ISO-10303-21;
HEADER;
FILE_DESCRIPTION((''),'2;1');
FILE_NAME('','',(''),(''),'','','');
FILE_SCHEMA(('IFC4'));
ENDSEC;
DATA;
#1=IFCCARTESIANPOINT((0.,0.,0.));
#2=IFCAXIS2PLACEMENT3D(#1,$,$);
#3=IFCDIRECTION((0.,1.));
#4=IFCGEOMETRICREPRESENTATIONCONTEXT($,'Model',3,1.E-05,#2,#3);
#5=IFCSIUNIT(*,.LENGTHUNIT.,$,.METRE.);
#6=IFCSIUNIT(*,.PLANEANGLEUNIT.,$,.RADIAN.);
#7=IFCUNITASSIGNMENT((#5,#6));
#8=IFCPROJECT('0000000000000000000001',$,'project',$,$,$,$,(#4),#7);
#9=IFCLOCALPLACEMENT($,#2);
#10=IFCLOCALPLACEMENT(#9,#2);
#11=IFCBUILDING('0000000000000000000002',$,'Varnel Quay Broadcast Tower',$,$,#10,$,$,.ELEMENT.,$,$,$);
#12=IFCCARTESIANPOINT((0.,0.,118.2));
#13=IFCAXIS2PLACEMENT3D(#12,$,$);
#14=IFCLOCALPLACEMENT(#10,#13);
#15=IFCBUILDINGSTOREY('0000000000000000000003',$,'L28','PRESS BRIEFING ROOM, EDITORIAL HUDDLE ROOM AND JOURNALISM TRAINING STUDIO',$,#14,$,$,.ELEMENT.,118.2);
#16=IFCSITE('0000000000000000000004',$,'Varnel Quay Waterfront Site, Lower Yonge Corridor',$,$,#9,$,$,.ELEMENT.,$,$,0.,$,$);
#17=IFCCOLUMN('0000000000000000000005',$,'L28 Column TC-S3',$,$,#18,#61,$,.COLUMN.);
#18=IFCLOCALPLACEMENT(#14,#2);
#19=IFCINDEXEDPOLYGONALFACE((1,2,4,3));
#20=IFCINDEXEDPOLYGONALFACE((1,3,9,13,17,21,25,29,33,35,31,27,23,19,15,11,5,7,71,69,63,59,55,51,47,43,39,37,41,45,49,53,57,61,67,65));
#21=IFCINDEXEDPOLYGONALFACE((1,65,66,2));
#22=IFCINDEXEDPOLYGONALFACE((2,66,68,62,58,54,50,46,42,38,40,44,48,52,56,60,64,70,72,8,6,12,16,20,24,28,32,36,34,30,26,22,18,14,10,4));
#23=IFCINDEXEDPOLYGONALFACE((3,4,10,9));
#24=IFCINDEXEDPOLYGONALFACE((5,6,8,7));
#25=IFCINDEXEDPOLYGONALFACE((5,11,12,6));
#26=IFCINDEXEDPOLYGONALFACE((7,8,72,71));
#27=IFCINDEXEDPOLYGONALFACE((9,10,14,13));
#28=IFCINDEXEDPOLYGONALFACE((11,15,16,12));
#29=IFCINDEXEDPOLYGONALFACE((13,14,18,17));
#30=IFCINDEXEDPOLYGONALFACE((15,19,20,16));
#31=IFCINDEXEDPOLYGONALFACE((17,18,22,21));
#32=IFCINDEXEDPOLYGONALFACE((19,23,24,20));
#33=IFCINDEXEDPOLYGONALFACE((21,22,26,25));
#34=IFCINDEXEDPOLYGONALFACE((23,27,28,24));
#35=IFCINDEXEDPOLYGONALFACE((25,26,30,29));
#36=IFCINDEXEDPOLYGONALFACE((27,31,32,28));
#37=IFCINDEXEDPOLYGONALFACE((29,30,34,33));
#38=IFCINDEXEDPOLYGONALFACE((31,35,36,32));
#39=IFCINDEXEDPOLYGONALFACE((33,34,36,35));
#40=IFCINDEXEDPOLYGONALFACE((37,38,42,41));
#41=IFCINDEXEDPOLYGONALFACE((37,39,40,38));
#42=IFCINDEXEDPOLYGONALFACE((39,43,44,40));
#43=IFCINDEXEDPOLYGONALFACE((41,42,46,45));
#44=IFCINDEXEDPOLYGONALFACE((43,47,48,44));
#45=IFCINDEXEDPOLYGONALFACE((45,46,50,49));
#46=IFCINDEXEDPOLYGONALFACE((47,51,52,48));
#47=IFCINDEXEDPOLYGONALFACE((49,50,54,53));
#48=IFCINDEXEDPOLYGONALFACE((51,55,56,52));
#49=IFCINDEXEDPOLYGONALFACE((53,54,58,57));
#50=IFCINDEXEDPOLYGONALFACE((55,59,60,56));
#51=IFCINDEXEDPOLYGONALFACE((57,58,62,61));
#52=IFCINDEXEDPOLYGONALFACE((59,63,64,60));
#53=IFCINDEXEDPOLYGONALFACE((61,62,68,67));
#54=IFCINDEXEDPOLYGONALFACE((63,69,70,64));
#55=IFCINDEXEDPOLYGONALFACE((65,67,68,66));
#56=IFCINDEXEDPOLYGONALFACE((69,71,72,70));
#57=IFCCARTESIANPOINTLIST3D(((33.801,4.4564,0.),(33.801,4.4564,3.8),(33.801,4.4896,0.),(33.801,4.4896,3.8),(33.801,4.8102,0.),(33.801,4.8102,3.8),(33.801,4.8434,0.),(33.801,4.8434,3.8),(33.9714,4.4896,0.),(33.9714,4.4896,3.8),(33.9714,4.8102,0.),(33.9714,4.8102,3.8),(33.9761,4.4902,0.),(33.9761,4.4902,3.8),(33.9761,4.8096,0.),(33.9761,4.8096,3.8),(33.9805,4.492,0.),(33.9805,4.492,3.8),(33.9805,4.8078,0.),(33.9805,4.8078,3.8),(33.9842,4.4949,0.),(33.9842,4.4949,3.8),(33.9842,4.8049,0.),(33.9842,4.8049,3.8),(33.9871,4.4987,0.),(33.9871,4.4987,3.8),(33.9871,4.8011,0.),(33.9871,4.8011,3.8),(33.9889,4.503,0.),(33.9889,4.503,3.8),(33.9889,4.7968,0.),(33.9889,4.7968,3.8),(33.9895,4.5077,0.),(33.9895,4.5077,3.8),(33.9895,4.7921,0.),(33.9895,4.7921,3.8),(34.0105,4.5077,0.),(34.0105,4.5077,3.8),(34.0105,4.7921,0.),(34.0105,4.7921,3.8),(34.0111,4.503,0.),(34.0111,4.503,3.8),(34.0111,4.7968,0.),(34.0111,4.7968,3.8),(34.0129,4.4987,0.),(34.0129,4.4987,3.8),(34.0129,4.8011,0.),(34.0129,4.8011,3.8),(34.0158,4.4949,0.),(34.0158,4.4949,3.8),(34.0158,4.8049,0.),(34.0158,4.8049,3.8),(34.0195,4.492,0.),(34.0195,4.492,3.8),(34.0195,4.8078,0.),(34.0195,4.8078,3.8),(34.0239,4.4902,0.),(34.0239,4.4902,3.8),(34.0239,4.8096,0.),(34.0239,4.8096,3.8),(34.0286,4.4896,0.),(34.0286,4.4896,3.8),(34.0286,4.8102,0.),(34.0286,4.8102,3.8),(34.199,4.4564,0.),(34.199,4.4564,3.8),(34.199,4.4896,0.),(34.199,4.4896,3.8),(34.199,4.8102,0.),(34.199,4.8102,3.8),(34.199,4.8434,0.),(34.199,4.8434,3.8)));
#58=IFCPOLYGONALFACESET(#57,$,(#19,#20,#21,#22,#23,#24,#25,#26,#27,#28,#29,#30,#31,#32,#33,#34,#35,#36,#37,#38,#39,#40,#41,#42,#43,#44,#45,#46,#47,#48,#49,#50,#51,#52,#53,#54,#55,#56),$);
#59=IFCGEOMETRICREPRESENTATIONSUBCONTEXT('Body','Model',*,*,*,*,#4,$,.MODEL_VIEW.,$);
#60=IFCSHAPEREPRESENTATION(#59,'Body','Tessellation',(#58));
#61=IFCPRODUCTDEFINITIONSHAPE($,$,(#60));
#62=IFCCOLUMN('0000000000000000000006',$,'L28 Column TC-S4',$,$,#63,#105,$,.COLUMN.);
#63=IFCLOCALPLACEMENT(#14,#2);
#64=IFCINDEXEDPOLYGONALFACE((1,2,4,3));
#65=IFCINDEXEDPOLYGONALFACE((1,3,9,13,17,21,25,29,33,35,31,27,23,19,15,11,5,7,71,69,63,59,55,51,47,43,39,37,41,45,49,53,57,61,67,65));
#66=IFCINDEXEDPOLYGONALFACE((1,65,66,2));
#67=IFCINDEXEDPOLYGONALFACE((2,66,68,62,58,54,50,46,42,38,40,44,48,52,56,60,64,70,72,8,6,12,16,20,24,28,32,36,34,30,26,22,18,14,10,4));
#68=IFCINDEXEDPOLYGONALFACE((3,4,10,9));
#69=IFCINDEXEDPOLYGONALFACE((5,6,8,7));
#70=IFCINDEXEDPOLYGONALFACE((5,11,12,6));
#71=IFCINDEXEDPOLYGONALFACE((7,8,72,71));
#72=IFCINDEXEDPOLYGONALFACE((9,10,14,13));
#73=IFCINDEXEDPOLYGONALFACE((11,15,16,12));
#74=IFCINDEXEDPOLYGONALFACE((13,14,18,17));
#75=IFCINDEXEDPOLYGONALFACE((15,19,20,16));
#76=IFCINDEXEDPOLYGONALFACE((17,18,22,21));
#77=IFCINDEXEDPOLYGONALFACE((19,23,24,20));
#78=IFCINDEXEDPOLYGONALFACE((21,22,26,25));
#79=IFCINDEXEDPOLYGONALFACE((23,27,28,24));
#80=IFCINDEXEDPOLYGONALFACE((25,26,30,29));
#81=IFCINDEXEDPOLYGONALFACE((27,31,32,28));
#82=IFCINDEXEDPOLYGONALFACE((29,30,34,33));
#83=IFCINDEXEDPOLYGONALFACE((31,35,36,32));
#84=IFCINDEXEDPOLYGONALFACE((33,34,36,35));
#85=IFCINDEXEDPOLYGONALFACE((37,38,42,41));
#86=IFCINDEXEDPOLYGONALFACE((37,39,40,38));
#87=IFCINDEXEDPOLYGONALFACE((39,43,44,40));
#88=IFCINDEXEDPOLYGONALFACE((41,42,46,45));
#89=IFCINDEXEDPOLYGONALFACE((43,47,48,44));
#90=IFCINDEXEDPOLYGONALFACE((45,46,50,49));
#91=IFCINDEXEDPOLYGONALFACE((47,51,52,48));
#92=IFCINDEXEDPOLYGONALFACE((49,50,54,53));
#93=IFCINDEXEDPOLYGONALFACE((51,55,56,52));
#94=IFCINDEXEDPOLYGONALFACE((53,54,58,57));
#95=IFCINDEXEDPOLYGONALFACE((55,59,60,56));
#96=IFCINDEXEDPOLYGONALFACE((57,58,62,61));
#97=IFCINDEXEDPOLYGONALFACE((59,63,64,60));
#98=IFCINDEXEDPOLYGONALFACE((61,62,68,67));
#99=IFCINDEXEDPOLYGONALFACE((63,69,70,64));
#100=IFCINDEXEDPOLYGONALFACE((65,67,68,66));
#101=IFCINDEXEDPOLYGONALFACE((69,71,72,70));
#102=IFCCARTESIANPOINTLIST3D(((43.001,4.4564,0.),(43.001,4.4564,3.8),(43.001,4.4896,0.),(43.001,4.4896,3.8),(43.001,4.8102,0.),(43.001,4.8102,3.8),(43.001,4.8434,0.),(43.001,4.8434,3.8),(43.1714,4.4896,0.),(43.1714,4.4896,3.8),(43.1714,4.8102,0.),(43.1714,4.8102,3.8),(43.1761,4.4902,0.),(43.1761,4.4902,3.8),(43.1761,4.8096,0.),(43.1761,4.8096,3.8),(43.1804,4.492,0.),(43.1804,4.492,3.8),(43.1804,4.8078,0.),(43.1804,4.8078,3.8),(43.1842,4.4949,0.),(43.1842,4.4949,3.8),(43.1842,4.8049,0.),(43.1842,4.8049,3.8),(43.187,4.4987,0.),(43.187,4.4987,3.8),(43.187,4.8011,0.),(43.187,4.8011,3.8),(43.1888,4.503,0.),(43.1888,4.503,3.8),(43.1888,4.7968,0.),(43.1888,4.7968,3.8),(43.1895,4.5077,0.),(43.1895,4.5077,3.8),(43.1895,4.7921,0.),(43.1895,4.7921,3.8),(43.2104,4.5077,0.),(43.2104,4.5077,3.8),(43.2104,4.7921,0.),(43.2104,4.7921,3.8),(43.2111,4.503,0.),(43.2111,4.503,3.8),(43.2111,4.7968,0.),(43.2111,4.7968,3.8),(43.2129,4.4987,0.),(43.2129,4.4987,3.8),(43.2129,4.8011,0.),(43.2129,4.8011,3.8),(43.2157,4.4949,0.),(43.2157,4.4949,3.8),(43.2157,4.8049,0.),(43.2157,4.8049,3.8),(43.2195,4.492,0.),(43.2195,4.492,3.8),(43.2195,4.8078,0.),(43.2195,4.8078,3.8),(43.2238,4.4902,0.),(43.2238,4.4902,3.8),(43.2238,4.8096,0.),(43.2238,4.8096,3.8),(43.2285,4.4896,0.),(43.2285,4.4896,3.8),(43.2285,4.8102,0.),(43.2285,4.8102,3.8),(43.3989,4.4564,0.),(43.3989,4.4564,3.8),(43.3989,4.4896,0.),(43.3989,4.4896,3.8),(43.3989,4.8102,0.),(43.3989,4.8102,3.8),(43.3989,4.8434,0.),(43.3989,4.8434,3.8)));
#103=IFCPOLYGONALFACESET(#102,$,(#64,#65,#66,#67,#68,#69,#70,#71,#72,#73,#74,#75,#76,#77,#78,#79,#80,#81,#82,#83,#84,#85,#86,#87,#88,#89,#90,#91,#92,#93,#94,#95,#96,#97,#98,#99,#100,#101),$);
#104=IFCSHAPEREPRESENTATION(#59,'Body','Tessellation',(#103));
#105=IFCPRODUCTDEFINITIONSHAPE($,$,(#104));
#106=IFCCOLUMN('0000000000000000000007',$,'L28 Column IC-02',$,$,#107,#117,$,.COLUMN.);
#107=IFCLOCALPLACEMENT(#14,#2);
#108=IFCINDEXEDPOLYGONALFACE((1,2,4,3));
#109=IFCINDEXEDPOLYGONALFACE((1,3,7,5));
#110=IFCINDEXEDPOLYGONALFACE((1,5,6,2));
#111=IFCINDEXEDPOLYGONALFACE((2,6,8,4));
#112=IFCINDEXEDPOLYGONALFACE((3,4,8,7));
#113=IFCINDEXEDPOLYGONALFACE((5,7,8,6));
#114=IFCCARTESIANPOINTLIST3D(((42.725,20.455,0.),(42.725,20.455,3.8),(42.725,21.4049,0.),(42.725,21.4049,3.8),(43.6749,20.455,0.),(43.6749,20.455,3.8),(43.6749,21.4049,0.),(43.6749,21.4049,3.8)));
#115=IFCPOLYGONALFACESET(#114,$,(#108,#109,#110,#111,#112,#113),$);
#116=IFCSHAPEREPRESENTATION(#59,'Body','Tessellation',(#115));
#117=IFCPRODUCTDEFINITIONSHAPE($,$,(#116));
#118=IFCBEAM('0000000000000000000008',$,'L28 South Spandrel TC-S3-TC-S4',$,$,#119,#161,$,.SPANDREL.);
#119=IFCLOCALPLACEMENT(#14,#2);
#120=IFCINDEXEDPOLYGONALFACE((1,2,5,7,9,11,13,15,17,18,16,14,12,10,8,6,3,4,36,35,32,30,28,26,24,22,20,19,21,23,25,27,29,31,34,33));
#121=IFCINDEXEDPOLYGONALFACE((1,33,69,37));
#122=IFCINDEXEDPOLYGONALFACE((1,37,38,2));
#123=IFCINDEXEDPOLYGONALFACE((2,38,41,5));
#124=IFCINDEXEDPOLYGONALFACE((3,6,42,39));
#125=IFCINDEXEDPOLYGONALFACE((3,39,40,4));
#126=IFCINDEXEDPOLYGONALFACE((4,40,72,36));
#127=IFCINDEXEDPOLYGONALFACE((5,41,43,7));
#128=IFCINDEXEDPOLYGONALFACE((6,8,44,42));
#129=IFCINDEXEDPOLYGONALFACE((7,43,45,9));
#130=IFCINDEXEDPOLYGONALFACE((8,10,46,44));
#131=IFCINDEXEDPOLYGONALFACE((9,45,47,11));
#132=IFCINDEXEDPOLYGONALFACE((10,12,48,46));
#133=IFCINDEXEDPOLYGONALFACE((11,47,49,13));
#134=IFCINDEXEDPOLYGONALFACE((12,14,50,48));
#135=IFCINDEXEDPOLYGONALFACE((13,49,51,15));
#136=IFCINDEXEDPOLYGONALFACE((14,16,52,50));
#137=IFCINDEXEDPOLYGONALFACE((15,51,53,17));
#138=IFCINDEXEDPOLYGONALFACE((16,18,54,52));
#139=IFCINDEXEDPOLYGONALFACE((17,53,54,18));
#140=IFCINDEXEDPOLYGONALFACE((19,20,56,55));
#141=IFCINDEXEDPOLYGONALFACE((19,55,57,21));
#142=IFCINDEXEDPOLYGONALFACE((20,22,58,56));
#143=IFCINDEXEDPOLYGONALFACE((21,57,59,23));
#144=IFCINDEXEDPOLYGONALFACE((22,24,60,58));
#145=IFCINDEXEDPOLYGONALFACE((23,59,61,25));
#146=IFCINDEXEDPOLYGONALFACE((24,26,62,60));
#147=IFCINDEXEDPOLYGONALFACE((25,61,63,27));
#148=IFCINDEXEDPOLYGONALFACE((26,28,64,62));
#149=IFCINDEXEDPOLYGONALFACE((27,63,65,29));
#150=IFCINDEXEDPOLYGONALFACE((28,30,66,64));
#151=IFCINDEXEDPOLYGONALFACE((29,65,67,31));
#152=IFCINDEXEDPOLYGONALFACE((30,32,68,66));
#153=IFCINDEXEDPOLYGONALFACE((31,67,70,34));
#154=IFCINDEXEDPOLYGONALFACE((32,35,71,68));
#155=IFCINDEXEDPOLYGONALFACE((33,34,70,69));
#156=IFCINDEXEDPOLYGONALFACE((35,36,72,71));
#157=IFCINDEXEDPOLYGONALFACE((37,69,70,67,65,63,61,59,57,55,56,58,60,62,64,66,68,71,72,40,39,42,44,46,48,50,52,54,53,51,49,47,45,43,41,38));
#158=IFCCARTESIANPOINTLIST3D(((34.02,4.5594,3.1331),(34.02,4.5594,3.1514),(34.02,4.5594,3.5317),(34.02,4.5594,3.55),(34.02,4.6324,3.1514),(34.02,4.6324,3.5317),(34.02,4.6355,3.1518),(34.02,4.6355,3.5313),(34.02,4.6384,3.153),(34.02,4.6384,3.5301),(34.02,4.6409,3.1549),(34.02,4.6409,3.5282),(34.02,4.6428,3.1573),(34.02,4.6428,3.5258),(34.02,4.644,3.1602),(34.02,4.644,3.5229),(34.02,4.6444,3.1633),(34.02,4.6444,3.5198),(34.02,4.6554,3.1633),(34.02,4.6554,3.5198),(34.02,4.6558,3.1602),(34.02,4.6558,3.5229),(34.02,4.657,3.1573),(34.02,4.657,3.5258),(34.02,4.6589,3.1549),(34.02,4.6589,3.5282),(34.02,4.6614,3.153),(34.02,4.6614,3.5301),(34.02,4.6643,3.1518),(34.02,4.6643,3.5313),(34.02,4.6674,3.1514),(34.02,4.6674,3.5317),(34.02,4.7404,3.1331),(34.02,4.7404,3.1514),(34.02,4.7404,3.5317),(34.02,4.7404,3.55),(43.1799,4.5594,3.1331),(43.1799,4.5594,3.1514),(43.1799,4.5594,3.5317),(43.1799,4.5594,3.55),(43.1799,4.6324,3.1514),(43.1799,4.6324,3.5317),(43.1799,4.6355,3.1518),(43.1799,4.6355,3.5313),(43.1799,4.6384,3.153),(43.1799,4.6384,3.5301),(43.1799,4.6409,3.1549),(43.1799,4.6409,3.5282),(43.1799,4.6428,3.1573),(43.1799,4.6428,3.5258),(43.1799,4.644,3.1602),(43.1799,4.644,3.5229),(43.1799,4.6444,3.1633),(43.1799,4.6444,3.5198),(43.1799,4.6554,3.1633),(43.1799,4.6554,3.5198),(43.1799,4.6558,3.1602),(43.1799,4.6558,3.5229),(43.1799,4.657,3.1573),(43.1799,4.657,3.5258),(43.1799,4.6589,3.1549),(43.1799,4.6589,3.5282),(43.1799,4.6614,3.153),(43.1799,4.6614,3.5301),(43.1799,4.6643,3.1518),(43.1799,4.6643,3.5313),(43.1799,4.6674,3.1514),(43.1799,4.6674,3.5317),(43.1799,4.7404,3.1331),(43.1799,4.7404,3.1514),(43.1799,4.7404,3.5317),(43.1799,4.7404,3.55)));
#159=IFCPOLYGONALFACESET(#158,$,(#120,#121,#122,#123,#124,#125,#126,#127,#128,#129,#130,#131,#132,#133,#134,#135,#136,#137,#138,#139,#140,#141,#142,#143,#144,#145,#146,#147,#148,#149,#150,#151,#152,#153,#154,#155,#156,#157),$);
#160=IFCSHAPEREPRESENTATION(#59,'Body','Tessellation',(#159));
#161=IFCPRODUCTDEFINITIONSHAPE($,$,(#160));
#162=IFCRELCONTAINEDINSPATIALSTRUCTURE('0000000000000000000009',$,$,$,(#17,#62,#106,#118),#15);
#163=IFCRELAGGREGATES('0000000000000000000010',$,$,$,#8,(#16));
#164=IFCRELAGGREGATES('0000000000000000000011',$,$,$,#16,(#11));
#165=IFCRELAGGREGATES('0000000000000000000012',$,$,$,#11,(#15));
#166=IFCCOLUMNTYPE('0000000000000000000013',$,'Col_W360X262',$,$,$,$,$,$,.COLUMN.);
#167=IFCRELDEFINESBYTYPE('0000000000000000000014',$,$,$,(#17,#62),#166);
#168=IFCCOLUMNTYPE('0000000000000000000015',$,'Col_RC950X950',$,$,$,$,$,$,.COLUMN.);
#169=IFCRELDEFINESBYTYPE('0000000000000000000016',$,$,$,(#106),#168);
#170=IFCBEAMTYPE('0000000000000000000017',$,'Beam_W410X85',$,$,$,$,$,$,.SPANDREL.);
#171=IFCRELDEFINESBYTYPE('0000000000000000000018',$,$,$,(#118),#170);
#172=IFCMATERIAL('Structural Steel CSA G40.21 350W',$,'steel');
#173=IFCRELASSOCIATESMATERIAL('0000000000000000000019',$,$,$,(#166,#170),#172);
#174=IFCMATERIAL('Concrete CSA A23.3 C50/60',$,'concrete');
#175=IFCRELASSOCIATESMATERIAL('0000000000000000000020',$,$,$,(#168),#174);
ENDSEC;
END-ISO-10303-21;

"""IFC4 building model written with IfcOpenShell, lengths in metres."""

from ifc_helpers import new_model, si_unit, direction, frame, origin, origin_2d, place, context, subcontext, project, spatial, rectangle, i_section, extrude, source, transform, mapped, material, material_profile, profile_set, type_object, type_shapes, element, save


model = new_model("IFC4")

# Units and contexts
model_context = context("Model", 3, precision=1e-05, world=origin(), true_north=direction((0.0, 1.0)))
body_context = subcontext(model_context, "Body", "Model", "MODEL_VIEW")
ifc_project = project(units=[si_unit("LENGTHUNIT", "METRE"), si_unit("PLANEANGLEUNIT", "RADIAN")], contexts=[model_context])

# Site, building, storey
site_placement = place(None, origin())
site = spatial("IfcSite", under=ifc_project, at=site_placement, Name="Varnel Quay Waterfront Site, Lower Yonge Corridor", CompositionType="ELEMENT", RefElevation=0.0)
building_placement = place(site_placement, origin())
building = spatial("IfcBuilding", under=site, at=building_placement, Name="Varnel Quay Broadcast Tower", CompositionType="ELEMENT")
storey_placement = place(building_placement, frame((0.0, 0.0, 118.2)))
storey = spatial("IfcBuildingStorey", under=building, at=storey_placement, Name="L28", Description="PRESS BRIEFING ROOM, EDITORIAL HUDDLE ROOM AND JOURNALISM TRAINING STUDIO", CompositionType="ELEMENT", Elevation=118.2)

# Columns
ifc_material_1 = material(Name="Structural Steel CSA G40.21 350W", Category="steel")
ifc_material_profile_1 = material_profile(ifc_material_1, i_section(OverallWidth=0.3979, OverallDepth=0.387, WebThickness=0.021, FlangeThickness=0.0332, FilletRadius=0.0181, at=origin_2d()), Name="W360X262")
ifc_profile_set_1 = profile_set([ifc_material_profile_1], Name="Structural Steel CSA G40.21 350W")
column_type_1 = type_object("IfcColumnType", Name="Col_W360X262", PredefinedType="COLUMN", material=ifc_profile_set_1)
shared_shape_1 = source(origin(), body_context, "Body", "SweptSolid", [
    extrude(i_section(OverallWidth=0.3979, OverallDepth=0.387, WebThickness=0.021, FlangeThickness=0.0332, FilletRadius=0.0181, at=origin_2d()), origin(), (0.0, 0.0, 1.0), 3.8),
])
type_shapes(column_type_1, [shared_shape_1])
for number, where, z_axis, x_axis, name in (
    (1, (34.0, 4.6499, 0.0), (0.0, 0.0, 1.0), (1.0, 0.0, 0.0), "L28 Column TC-S3"),
    (2, (43.2, 4.6499, 0.0), (0.0, 0.0, 1.0), (1.0, 0.0, 0.0), "L28 Column TC-S4"),
):
    element("IfcColumn", number, at=place(storey_placement, frame(where, z_axis=z_axis, x_axis=x_axis)), inside=storey, type_object=column_type_1, Name=name, PredefinedType="COLUMN", context=body_context, shape_type="MappedRepresentation", body=[
        mapped(shared_shape_1, transform((0.0, 0.0, 0.0), x_axis=(1.0, 0.0, 0.0), y_axis=(0.0, 1.0, 0.0), z_axis=(0.0, 0.0, 1.0), scale=1.0)),
    ])
ifc_material_2 = material(Name="Concrete CSA A23.3 C50/60", Category="concrete")
ifc_material_profile_2 = material_profile(ifc_material_2, rectangle(XDim=0.95, YDim=0.95, at=origin_2d()), Name="RC950X950")
ifc_profile_set_2 = profile_set([ifc_material_profile_2], Name="Concrete CSA A23.3 C50/60")
column_type_2 = type_object("IfcColumnType", Name="Col_RC950X950", PredefinedType="COLUMN", material=ifc_profile_set_2)
shared_shape_2 = source(origin(), body_context, "Body", "SweptSolid", [
    extrude(rectangle(XDim=0.95, YDim=0.95, at=origin_2d()), origin(), (0.0, 0.0, 1.0), 3.8),
])
type_shapes(column_type_2, [shared_shape_2])
column_placement = place(storey_placement, frame((43.2, 20.9299, 0.0), z_axis=(0.0, 0.0, 1.0), x_axis=(1.0, 0.0, 0.0)))
element("IfcColumn", 3, at=column_placement, inside=storey, type_object=column_type_2, Name="L28 Column IC-02", PredefinedType="COLUMN", context=body_context, shape_type="MappedRepresentation", body=[
    mapped(shared_shape_2, transform((0.0, 0.0, 0.0), x_axis=(1.0, 0.0, 0.0), y_axis=(0.0, 1.0, 0.0), z_axis=(0.0, 0.0, 1.0), scale=1.0)),
])

# Beam
ifc_material_profile_3 = material_profile(ifc_material_1, i_section(OverallWidth=0.1809, OverallDepth=0.417, WebThickness=0.011, FlangeThickness=0.0183, FilletRadius=0.012, at=origin_2d()), Name="W410X85")
ifc_profile_set_3 = profile_set([ifc_material_profile_3], Name="Structural Steel CSA G40.21 350W")
beam_type_1 = type_object("IfcBeamType", Name="Beam_W410X85", PredefinedType="SPANDREL", material=ifc_profile_set_3)
shared_shape_3 = source(origin(), body_context, "Body", "SweptSolid", [
    extrude(i_section(OverallWidth=0.1809, OverallDepth=0.417, WebThickness=0.011, FlangeThickness=0.0183, FilletRadius=0.012, at=origin_2d()), origin(), (0.0, 0.0, 1.0), 9.1599),
])
type_shapes(beam_type_1, [shared_shape_3])
for number, where, z_axis, x_axis, name in (
    (4, (34.02, 4.6499, 3.3416), (1.0, 0.0, 0.0), (0.0, 1.0, 0.0), "L28 South Spandrel TC-S3-TC-S4"),
):
    element("IfcBeam", number, at=place(storey_placement, frame(where, z_axis=z_axis, x_axis=x_axis)), inside=storey, type_object=beam_type_1, Name=name, PredefinedType="SPANDREL", context=body_context, shape_type="MappedRepresentation", body=[
        mapped(shared_shape_3, transform((0.0, 0.0, 0.0), x_axis=(1.0, 0.0, 0.0), y_axis=(0.0, 1.0, 0.0), z_axis=(0.0, 0.0, 1.0), scale=1.0)),
    ])

save(model, "model.ifc")
